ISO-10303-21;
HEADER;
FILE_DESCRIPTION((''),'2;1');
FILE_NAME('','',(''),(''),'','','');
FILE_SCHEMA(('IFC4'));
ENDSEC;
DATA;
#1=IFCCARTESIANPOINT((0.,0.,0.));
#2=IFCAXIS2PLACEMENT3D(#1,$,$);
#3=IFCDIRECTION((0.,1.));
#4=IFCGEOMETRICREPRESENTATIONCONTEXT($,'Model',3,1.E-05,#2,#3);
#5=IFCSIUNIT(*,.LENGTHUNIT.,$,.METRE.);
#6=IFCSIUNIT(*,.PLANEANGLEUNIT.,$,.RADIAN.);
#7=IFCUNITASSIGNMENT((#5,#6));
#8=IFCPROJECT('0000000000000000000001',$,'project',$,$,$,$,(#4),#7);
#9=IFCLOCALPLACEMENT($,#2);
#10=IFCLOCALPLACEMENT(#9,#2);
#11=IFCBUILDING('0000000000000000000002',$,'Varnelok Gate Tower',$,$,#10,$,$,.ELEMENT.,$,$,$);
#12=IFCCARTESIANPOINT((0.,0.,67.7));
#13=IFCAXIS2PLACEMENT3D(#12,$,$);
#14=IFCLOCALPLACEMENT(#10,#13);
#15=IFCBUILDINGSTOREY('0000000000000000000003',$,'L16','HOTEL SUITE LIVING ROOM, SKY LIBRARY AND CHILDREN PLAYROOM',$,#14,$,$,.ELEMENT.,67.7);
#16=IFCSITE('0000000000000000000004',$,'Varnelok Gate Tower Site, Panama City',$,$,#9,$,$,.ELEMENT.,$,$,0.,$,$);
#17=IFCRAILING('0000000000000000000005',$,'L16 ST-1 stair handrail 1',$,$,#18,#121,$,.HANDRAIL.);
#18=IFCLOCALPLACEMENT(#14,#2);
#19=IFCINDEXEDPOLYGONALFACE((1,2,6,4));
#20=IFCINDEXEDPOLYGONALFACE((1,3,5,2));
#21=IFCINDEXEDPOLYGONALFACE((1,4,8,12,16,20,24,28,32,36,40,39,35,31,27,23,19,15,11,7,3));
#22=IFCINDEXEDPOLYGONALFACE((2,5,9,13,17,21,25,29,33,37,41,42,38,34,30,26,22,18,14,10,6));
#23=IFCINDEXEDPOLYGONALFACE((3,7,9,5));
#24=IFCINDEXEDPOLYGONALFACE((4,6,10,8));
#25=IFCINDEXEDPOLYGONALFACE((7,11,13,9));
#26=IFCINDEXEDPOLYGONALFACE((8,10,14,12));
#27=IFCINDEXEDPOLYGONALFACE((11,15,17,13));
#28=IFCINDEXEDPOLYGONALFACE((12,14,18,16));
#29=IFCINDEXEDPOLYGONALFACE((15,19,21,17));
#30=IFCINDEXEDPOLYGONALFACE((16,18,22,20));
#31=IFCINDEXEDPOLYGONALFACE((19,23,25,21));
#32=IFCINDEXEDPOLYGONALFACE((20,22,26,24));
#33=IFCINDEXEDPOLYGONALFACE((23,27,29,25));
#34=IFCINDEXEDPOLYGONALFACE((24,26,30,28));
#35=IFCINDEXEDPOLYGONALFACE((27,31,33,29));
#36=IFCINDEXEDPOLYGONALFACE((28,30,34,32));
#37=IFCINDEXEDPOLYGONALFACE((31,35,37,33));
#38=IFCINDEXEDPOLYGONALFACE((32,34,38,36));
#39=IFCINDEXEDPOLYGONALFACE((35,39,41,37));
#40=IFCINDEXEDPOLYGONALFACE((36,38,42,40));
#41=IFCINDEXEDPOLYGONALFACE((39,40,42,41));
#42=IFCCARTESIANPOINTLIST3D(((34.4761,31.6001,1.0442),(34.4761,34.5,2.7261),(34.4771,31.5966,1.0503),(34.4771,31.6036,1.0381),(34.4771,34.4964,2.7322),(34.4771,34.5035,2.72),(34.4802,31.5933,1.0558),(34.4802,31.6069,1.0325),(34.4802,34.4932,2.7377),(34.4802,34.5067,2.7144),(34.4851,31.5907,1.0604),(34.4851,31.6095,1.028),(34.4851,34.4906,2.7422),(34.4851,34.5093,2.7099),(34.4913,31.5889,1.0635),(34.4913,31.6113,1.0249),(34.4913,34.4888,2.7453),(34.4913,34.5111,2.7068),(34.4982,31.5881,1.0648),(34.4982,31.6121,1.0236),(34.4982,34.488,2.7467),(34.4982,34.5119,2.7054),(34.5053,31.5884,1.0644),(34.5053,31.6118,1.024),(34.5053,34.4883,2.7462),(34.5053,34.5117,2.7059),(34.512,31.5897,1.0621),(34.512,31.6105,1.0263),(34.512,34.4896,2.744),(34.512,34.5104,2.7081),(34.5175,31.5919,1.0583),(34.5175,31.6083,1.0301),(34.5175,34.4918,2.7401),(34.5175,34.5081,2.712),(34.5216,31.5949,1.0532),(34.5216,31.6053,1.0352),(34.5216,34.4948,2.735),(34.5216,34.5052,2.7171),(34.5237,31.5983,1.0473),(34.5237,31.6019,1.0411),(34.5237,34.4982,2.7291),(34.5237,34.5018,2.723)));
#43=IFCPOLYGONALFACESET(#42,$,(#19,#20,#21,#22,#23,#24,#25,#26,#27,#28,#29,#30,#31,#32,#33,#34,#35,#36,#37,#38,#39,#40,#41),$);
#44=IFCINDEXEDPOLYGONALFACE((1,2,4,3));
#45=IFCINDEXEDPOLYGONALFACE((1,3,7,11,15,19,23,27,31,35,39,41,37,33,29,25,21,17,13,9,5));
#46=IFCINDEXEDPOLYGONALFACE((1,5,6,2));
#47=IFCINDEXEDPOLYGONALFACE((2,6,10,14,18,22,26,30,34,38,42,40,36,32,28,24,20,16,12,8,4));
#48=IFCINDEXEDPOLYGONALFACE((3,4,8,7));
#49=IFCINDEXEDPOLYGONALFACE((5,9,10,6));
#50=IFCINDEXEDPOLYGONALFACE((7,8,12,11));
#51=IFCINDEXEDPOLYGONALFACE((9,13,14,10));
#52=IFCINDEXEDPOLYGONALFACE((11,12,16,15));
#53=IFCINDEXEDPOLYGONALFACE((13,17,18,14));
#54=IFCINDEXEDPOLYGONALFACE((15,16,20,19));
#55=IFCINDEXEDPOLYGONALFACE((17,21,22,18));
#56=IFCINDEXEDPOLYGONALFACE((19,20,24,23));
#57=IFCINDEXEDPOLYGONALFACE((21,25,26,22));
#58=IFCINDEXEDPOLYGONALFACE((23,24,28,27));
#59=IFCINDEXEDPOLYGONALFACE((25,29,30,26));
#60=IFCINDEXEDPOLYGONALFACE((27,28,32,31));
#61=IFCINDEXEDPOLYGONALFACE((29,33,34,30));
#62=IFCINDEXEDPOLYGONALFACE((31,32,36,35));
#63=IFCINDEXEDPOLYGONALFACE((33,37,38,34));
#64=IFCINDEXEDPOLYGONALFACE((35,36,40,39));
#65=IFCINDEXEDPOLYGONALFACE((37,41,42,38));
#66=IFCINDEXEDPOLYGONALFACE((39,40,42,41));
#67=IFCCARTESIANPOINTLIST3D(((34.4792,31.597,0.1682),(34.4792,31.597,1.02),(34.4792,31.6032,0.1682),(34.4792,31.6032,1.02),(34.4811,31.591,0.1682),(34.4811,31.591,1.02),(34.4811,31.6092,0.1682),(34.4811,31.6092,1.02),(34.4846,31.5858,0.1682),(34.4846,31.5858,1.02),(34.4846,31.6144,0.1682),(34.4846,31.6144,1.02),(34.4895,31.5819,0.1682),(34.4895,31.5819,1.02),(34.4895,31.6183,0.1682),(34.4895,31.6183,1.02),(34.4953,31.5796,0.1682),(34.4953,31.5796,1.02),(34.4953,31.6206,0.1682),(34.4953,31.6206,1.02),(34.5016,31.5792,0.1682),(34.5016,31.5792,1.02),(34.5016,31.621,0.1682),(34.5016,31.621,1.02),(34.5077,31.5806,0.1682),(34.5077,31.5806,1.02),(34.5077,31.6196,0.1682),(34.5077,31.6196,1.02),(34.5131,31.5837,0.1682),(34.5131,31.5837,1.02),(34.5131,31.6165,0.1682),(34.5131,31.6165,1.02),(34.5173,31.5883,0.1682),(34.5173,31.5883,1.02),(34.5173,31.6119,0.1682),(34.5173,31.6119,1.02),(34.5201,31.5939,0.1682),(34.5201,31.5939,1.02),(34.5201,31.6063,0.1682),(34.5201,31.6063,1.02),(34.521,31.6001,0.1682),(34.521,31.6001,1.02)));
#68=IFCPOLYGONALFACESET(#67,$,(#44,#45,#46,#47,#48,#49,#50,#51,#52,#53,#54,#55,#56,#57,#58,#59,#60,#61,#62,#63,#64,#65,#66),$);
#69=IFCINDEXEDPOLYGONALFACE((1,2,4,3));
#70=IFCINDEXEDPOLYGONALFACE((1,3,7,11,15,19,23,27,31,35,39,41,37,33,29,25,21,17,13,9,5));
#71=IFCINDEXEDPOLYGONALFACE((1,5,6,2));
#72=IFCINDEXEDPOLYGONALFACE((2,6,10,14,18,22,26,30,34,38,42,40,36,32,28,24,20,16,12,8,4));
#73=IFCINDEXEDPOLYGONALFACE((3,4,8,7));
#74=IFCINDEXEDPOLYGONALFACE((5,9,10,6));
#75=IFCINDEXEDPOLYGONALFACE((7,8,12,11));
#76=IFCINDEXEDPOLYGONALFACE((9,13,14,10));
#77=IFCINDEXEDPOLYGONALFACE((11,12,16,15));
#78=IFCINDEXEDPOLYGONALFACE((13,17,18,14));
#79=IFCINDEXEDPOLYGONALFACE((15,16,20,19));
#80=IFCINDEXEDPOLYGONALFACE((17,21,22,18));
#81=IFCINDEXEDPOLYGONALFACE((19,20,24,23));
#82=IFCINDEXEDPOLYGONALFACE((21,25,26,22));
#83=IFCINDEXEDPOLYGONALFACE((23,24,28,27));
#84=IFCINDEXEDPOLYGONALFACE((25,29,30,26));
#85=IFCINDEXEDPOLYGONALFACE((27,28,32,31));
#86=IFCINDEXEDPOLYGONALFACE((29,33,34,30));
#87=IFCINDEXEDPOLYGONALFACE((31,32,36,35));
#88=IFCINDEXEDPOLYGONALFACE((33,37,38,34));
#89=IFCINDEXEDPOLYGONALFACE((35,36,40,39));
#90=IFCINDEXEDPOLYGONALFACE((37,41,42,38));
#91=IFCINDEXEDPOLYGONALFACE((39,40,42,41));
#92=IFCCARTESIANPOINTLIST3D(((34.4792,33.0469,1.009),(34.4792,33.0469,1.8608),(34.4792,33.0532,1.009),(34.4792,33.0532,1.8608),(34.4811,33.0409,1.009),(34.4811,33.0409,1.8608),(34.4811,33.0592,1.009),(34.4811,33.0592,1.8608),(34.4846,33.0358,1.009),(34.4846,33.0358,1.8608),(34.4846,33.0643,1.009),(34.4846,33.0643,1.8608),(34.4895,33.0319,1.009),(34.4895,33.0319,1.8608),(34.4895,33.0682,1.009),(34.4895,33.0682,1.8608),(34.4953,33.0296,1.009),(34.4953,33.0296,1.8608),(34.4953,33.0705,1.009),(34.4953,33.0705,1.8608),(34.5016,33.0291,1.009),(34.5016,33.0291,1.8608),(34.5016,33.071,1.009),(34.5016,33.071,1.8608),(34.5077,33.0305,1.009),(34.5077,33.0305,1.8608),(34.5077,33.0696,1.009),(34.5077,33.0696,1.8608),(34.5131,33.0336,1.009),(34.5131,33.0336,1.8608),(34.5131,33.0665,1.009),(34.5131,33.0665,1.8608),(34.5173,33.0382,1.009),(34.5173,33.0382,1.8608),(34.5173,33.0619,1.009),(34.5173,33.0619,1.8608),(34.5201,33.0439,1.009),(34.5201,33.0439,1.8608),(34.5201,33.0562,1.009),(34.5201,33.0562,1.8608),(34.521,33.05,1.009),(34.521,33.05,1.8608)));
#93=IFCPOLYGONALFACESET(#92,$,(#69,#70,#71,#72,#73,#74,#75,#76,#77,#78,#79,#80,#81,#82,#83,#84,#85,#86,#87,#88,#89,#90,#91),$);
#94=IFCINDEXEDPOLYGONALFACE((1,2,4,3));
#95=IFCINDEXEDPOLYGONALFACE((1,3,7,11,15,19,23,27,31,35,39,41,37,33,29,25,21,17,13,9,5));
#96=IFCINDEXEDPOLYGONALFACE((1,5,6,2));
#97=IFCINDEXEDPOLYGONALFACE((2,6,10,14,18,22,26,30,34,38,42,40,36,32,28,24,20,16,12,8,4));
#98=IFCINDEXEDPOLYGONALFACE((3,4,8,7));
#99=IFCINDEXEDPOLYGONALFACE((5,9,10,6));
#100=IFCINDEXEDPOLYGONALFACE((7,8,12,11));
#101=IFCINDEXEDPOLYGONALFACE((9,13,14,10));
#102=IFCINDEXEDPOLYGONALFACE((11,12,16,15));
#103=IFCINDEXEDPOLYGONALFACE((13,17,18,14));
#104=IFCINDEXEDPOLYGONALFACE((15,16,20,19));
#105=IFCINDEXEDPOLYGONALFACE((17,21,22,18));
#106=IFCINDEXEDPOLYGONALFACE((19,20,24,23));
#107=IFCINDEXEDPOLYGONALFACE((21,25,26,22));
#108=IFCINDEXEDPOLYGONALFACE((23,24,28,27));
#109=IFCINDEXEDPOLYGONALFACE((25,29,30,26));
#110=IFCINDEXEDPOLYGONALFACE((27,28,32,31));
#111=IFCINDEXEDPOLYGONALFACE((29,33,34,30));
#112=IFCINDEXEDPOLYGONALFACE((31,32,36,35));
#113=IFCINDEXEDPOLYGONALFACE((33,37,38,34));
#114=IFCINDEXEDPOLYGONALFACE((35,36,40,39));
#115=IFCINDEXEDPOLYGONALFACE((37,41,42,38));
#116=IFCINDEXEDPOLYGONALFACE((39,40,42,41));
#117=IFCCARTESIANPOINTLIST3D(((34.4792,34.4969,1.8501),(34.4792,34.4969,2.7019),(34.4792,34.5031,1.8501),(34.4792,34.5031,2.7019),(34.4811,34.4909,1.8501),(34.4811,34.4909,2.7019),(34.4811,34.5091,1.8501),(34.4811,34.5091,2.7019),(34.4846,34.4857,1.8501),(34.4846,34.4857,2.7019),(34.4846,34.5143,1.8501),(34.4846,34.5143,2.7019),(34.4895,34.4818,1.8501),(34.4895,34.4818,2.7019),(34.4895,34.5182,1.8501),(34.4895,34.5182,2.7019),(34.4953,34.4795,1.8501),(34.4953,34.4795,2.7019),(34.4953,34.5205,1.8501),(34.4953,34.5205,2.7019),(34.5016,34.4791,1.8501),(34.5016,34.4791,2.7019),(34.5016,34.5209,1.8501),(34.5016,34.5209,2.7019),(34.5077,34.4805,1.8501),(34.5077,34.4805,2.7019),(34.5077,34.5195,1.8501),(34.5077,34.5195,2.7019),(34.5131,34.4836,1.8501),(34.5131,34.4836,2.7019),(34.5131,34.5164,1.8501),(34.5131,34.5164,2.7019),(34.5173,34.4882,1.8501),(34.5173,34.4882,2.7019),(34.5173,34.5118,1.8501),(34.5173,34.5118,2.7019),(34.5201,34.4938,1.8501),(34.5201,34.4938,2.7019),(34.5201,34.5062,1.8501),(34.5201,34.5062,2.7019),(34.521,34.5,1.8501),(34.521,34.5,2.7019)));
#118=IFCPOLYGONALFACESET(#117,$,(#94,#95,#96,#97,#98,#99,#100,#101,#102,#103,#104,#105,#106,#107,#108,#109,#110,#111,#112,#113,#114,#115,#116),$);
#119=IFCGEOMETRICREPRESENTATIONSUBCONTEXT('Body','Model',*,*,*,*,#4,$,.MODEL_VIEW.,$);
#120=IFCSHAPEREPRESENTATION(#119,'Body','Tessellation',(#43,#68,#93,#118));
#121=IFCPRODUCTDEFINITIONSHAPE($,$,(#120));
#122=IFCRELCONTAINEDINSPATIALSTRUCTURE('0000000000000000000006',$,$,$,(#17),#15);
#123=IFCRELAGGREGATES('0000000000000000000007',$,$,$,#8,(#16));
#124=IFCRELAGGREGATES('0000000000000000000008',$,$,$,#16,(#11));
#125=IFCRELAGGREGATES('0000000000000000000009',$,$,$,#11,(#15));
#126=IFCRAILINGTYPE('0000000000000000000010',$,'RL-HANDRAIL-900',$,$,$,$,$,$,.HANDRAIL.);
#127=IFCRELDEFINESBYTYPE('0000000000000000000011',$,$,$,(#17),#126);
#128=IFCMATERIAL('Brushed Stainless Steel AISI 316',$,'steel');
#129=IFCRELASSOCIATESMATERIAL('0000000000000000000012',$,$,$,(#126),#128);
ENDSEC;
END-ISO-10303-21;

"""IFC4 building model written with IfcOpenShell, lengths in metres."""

from ifc_helpers import new_model, si_unit, direction, frame, origin, origin_2d, place, context, subcontext, project, spatial, circle, extrude, material, type_object, element, save


model = new_model("IFC4")

# Units and contexts
model_context = context("Model", 3, precision=1e-05, world=origin(), true_north=direction((0.0, 1.0)))
body_context = subcontext(model_context, "Body", "Model", "MODEL_VIEW")
ifc_project = project(units=[si_unit("LENGTHUNIT", "METRE"), si_unit("PLANEANGLEUNIT", "RADIAN")], contexts=[model_context])

# Site, building, storey
site_placement = place(None, origin())
site = spatial("IfcSite", under=ifc_project, at=site_placement, Name="Varnelok Gate Tower Site, Panama City", CompositionType="ELEMENT", RefElevation=0.0)
building_placement = place(site_placement, origin())
building = spatial("IfcBuilding", under=site, at=building_placement, Name="Varnelok Gate Tower", CompositionType="ELEMENT")
storey_placement = place(building_placement, frame((0.0, 0.0, 67.7)))
storey = spatial("IfcBuildingStorey", under=building, at=storey_placement, Name="L16", Description="HOTEL SUITE LIVING ROOM, SKY LIBRARY AND CHILDREN PLAYROOM", CompositionType="ELEMENT", Elevation=67.7)

# Railing
ifc_material_1 = material(Name="Brushed Stainless Steel AISI 316", Category="steel")
railing_type_1 = type_object("IfcRailingType", Name="RL-HANDRAIL-900", PredefinedType="HANDRAIL", material=ifc_material_1)
railing_1_placement = place(storey_placement, frame((34.5, 31.6001, 0.1682)))
element("IfcRailing", 1, at=railing_1_placement, inside=storey, type_object=railing_type_1, Name="L16 ST-1 stair handrail 1", PredefinedType="HANDRAIL", context=body_context, shape_type="SweptSolid", body=[
    extrude(circle(Radius=0.0239, at=origin_2d()), frame((0.0, 0.0, 0.876), z_axis=(0.0, 0.865039, 0.501705), x_axis=(-1.0, 0.0, 0.0)), (0.0, 0.0, 1.0), 3.3523),
    extrude(circle(Radius=0.021, at=origin_2d()), origin(), (0.0, 0.0, 1.0), 0.8518),
    extrude(circle(Radius=0.021, at=origin_2d()), frame((0.0, 1.45, 0.8408)), (0.0, 0.0, 1.0), 0.8518),
    extrude(circle(Radius=0.021, at=origin_2d()), frame((0.0, 2.8999, 1.6819)), (0.0, 0.0, 1.0), 0.8518),
])

save(model, "model.ifc")
